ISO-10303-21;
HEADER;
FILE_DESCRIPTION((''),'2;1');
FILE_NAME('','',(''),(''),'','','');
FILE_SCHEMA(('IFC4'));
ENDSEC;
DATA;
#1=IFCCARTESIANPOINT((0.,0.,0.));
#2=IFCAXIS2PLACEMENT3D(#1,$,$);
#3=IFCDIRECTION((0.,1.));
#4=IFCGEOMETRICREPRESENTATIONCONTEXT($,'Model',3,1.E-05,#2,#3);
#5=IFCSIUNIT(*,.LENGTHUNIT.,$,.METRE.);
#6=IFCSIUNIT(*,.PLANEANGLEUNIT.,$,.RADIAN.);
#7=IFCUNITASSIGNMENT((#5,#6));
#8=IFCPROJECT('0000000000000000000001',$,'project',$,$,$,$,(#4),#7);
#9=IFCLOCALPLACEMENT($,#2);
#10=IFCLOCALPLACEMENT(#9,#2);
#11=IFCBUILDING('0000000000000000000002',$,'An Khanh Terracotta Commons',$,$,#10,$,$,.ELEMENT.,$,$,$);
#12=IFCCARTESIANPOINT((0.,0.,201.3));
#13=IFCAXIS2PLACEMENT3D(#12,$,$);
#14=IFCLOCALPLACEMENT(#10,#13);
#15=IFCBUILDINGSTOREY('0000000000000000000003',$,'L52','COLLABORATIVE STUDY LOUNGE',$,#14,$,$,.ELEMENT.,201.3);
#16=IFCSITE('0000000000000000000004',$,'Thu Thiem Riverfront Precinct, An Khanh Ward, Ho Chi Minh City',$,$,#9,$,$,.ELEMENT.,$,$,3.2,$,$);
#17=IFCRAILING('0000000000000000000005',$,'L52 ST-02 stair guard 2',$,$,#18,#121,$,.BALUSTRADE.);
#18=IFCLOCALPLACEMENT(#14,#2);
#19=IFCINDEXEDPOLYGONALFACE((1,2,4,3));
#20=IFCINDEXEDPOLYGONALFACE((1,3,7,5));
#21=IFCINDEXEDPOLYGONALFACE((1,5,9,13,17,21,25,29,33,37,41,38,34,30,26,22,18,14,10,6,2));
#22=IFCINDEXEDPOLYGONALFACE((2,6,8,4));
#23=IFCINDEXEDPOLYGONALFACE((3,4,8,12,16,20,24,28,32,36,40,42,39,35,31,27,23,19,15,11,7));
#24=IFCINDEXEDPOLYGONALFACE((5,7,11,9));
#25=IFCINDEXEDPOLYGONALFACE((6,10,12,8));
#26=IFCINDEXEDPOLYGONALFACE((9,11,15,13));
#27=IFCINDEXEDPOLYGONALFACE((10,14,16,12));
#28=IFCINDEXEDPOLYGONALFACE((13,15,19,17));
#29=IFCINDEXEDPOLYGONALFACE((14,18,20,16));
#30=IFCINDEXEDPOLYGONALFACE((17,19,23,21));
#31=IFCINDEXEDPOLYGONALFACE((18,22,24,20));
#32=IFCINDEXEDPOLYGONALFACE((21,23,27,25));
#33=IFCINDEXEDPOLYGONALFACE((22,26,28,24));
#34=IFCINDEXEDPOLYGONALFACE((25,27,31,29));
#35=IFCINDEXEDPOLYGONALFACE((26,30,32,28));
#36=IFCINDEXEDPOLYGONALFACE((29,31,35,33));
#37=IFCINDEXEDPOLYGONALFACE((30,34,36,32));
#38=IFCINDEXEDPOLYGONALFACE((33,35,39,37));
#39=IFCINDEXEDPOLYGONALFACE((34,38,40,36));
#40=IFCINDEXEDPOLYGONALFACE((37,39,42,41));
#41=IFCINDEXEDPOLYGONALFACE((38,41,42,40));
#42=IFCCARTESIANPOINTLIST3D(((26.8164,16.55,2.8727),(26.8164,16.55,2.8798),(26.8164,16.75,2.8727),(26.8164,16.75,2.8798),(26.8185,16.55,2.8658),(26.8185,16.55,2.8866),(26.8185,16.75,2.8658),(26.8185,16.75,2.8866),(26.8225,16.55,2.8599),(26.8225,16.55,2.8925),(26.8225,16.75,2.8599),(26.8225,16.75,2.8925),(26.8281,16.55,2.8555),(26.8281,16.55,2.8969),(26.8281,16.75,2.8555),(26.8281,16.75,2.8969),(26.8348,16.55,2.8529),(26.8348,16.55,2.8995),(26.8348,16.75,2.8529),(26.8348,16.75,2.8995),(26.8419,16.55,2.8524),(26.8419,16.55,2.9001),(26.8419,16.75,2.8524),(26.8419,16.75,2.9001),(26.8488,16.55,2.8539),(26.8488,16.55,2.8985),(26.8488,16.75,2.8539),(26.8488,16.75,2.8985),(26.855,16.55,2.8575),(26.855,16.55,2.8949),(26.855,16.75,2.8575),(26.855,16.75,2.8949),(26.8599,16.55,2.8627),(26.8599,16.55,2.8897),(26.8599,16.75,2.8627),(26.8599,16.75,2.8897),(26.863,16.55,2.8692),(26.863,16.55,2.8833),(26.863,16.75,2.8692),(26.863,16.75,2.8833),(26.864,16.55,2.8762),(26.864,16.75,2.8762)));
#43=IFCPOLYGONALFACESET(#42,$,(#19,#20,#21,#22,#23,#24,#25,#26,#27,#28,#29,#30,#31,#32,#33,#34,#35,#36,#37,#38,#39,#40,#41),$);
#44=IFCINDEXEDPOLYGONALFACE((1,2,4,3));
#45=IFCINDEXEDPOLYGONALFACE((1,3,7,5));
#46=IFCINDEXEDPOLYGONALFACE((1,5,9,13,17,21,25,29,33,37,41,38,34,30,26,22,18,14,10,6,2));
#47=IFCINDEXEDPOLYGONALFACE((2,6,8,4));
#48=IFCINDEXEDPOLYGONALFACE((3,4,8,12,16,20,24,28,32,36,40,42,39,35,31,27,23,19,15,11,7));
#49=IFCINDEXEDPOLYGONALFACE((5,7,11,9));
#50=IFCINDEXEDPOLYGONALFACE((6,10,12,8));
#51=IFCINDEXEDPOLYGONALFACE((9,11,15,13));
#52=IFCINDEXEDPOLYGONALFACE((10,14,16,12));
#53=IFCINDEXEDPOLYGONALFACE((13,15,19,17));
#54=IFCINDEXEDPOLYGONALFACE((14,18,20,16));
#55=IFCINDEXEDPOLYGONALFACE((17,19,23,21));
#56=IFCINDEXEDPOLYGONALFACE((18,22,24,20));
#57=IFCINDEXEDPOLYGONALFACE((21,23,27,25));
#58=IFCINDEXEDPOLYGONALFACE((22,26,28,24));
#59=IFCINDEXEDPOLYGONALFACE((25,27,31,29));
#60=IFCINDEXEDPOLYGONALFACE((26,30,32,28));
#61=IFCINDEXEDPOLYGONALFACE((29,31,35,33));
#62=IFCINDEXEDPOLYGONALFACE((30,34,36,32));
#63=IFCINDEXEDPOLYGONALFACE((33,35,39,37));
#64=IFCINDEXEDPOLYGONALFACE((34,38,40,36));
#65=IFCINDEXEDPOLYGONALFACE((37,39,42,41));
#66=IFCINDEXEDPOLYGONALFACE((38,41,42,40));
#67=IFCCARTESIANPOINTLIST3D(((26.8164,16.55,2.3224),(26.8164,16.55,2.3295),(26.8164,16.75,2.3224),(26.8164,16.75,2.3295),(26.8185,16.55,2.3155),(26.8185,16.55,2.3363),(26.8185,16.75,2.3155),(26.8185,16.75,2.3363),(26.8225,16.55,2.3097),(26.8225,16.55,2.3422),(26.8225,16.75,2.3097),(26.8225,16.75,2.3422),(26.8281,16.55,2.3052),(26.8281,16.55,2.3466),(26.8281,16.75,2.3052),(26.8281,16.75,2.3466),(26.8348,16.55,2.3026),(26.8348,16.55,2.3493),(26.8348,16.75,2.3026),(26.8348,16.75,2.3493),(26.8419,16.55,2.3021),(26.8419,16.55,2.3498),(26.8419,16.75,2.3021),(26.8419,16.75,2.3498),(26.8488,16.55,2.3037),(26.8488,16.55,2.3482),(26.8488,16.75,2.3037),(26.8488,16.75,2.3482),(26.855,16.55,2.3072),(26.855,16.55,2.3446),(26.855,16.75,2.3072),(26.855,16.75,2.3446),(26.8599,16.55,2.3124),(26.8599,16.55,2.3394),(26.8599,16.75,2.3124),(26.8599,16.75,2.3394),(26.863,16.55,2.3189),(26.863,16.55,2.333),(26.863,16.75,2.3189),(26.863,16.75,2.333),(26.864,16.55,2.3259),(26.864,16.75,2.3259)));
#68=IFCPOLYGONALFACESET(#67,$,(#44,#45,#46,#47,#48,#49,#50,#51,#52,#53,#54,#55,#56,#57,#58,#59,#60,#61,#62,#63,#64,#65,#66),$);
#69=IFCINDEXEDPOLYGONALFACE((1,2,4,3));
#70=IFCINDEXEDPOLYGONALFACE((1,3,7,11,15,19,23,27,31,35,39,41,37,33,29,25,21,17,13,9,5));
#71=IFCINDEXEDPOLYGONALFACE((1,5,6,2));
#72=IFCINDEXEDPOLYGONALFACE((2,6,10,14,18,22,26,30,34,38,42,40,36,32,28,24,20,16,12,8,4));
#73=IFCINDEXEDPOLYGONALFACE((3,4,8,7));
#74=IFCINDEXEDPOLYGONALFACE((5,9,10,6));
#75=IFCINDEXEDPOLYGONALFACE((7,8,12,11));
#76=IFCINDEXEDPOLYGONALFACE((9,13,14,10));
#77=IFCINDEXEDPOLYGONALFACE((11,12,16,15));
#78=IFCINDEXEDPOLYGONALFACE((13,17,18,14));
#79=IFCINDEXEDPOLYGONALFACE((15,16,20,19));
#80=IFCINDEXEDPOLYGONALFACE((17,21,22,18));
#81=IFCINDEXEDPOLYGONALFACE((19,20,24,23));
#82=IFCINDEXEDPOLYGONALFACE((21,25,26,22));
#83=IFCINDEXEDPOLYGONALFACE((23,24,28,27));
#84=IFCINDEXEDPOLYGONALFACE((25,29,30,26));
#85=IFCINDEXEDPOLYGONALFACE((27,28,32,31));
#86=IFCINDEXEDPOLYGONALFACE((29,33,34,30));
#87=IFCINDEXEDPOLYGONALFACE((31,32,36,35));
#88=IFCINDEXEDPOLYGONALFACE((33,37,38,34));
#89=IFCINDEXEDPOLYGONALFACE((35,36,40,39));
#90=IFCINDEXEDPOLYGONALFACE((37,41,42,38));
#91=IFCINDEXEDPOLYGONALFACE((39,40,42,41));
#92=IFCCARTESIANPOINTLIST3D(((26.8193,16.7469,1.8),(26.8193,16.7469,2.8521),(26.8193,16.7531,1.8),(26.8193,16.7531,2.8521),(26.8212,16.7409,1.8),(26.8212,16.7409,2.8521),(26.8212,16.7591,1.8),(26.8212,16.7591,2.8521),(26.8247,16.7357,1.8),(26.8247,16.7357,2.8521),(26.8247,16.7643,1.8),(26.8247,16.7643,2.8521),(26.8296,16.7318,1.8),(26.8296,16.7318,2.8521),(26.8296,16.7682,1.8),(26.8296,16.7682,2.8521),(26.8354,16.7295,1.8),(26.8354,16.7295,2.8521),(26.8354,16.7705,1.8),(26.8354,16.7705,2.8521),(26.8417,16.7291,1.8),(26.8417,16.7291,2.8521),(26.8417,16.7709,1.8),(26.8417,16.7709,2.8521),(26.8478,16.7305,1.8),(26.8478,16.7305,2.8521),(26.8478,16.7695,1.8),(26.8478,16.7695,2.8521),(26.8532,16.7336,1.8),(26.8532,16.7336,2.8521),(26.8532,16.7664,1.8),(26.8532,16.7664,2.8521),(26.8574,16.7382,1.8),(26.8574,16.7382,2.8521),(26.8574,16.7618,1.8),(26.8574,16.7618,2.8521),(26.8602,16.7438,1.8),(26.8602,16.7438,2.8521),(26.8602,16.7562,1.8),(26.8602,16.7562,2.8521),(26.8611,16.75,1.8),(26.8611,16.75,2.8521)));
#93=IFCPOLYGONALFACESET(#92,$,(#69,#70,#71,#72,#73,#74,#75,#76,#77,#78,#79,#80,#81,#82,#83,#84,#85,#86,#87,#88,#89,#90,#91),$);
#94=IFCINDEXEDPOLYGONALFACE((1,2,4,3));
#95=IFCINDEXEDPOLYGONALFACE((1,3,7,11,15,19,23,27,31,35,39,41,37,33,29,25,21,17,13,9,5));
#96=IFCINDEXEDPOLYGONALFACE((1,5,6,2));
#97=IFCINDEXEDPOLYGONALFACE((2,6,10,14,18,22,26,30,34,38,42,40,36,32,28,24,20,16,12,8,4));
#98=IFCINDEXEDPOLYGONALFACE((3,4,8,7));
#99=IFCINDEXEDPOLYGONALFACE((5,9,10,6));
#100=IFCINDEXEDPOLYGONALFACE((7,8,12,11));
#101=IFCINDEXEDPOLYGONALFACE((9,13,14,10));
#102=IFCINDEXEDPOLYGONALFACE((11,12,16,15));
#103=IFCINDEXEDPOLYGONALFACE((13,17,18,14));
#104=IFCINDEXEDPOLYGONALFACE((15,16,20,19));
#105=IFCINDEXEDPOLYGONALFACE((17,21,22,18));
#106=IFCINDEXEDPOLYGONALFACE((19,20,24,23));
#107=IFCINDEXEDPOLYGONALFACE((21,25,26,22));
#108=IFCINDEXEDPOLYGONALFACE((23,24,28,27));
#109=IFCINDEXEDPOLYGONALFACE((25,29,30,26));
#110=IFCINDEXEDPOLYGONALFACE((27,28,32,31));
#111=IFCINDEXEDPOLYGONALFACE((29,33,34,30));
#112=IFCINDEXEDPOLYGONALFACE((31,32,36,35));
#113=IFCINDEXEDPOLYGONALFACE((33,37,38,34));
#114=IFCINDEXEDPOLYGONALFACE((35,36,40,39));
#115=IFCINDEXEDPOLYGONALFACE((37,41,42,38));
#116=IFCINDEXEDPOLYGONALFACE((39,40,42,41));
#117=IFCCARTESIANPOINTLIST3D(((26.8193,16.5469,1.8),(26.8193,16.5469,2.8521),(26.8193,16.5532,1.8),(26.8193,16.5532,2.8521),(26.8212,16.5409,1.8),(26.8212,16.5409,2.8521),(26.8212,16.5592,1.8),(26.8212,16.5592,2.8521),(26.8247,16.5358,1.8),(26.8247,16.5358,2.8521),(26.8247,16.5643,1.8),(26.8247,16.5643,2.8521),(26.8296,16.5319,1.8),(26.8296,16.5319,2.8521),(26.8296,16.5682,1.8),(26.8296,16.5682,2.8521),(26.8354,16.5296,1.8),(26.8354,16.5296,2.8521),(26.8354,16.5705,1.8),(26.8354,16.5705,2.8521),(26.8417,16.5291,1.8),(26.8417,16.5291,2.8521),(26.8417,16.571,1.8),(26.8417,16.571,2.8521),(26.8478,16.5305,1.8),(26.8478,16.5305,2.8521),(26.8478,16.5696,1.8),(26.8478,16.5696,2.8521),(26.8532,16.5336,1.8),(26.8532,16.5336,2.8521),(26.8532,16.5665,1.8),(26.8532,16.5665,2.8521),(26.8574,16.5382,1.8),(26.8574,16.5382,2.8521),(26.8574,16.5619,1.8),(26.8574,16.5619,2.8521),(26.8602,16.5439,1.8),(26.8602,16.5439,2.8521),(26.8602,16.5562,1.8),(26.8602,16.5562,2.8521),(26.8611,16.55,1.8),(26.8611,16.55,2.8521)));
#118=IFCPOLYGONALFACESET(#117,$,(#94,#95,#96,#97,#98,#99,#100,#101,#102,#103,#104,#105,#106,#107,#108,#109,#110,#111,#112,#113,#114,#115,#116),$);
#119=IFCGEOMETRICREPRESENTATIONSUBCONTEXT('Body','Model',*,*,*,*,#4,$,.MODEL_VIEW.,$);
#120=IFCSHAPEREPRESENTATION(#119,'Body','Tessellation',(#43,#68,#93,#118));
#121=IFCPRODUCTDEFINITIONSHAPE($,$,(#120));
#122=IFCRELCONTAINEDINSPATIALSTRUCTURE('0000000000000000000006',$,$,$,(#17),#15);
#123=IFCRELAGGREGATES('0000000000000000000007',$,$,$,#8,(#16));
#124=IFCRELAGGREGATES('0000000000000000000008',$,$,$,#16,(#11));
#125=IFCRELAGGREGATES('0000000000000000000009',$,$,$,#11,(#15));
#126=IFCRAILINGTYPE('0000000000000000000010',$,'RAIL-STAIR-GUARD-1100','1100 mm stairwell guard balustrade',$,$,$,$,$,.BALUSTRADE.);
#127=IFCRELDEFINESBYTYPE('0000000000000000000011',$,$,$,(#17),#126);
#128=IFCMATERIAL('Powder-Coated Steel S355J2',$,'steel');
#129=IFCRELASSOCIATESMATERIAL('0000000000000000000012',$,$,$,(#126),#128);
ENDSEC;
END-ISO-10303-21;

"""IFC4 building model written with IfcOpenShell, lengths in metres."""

from ifc_helpers import new_model, si_unit, direction, frame, origin, origin_2d, place, context, subcontext, project, spatial, circle, extrude, material, type_object, element, save


model = new_model("IFC4")

# Units and contexts
model_context = context("Model", 3, precision=1e-05, world=origin(), true_north=direction((0.0, 1.0)))
body_context = subcontext(model_context, "Body", "Model", "MODEL_VIEW")
ifc_project = project(units=[si_unit("LENGTHUNIT", "METRE"), si_unit("PLANEANGLEUNIT", "RADIAN")], contexts=[model_context])

# Site, building, storey
site_placement = place(None, origin())
site = spatial("IfcSite", under=ifc_project, at=site_placement, Name="Thu Thiem Riverfront Precinct, An Khanh Ward, Ho Chi Minh City", CompositionType="ELEMENT", RefElevation=3.2)
building_placement = place(site_placement, origin())
building = spatial("IfcBuilding", under=site, at=building_placement, Name="An Khanh Terracotta Commons", CompositionType="ELEMENT")
storey_placement = place(building_placement, frame((0.0, 0.0, 201.3)))
storey = spatial("IfcBuildingStorey", under=building, at=storey_placement, Name="L52", Description="COLLABORATIVE STUDY LOUNGE", CompositionType="ELEMENT", Elevation=201.3)

# Railing
ifc_material_1 = material(Name="Powder-Coated Steel S355J2", Category="steel")
railing_type_1 = type_object("IfcRailingType", Name="RAIL-STAIR-GUARD-1100", Description="1100 mm stairwell guard balustrade", PredefinedType="BALUSTRADE", material=ifc_material_1)
railing_1_placement = place(storey_placement, frame((26.8401, 16.75, 1.8)))
element("IfcRailing", 1, at=railing_1_placement, inside=storey, type_object=railing_type_1, Name="L52 ST-02 stair guard 2", PredefinedType="BALUSTRADE", context=body_context, shape_type="SweptSolid", body=[
    extrude(circle(Radius=0.0239, at=origin_2d()), frame((0.0, 0.0, 1.0762), z_axis=(0.0, -1.0, 0.0), x_axis=(1.0, 0.0, 0.0)), (0.0, 0.0, 1.0), 0.2),
    extrude(circle(Radius=0.0239, at=origin_2d()), frame((0.0, 0.0, 0.5259), z_axis=(0.0, -1.0, 0.0), x_axis=(1.0, 0.0, 0.0)), (0.0, 0.0, 1.0), 0.2),
    extrude(circle(Radius=0.021, at=origin_2d()), origin(), (0.0, 0.0, 1.0), 1.052),
    extrude(circle(Radius=0.021, at=origin_2d()), frame((0.0, -0.2, 0.0)), (0.0, 0.0, 1.0), 1.052),
])

save(model, "model.ifc")
